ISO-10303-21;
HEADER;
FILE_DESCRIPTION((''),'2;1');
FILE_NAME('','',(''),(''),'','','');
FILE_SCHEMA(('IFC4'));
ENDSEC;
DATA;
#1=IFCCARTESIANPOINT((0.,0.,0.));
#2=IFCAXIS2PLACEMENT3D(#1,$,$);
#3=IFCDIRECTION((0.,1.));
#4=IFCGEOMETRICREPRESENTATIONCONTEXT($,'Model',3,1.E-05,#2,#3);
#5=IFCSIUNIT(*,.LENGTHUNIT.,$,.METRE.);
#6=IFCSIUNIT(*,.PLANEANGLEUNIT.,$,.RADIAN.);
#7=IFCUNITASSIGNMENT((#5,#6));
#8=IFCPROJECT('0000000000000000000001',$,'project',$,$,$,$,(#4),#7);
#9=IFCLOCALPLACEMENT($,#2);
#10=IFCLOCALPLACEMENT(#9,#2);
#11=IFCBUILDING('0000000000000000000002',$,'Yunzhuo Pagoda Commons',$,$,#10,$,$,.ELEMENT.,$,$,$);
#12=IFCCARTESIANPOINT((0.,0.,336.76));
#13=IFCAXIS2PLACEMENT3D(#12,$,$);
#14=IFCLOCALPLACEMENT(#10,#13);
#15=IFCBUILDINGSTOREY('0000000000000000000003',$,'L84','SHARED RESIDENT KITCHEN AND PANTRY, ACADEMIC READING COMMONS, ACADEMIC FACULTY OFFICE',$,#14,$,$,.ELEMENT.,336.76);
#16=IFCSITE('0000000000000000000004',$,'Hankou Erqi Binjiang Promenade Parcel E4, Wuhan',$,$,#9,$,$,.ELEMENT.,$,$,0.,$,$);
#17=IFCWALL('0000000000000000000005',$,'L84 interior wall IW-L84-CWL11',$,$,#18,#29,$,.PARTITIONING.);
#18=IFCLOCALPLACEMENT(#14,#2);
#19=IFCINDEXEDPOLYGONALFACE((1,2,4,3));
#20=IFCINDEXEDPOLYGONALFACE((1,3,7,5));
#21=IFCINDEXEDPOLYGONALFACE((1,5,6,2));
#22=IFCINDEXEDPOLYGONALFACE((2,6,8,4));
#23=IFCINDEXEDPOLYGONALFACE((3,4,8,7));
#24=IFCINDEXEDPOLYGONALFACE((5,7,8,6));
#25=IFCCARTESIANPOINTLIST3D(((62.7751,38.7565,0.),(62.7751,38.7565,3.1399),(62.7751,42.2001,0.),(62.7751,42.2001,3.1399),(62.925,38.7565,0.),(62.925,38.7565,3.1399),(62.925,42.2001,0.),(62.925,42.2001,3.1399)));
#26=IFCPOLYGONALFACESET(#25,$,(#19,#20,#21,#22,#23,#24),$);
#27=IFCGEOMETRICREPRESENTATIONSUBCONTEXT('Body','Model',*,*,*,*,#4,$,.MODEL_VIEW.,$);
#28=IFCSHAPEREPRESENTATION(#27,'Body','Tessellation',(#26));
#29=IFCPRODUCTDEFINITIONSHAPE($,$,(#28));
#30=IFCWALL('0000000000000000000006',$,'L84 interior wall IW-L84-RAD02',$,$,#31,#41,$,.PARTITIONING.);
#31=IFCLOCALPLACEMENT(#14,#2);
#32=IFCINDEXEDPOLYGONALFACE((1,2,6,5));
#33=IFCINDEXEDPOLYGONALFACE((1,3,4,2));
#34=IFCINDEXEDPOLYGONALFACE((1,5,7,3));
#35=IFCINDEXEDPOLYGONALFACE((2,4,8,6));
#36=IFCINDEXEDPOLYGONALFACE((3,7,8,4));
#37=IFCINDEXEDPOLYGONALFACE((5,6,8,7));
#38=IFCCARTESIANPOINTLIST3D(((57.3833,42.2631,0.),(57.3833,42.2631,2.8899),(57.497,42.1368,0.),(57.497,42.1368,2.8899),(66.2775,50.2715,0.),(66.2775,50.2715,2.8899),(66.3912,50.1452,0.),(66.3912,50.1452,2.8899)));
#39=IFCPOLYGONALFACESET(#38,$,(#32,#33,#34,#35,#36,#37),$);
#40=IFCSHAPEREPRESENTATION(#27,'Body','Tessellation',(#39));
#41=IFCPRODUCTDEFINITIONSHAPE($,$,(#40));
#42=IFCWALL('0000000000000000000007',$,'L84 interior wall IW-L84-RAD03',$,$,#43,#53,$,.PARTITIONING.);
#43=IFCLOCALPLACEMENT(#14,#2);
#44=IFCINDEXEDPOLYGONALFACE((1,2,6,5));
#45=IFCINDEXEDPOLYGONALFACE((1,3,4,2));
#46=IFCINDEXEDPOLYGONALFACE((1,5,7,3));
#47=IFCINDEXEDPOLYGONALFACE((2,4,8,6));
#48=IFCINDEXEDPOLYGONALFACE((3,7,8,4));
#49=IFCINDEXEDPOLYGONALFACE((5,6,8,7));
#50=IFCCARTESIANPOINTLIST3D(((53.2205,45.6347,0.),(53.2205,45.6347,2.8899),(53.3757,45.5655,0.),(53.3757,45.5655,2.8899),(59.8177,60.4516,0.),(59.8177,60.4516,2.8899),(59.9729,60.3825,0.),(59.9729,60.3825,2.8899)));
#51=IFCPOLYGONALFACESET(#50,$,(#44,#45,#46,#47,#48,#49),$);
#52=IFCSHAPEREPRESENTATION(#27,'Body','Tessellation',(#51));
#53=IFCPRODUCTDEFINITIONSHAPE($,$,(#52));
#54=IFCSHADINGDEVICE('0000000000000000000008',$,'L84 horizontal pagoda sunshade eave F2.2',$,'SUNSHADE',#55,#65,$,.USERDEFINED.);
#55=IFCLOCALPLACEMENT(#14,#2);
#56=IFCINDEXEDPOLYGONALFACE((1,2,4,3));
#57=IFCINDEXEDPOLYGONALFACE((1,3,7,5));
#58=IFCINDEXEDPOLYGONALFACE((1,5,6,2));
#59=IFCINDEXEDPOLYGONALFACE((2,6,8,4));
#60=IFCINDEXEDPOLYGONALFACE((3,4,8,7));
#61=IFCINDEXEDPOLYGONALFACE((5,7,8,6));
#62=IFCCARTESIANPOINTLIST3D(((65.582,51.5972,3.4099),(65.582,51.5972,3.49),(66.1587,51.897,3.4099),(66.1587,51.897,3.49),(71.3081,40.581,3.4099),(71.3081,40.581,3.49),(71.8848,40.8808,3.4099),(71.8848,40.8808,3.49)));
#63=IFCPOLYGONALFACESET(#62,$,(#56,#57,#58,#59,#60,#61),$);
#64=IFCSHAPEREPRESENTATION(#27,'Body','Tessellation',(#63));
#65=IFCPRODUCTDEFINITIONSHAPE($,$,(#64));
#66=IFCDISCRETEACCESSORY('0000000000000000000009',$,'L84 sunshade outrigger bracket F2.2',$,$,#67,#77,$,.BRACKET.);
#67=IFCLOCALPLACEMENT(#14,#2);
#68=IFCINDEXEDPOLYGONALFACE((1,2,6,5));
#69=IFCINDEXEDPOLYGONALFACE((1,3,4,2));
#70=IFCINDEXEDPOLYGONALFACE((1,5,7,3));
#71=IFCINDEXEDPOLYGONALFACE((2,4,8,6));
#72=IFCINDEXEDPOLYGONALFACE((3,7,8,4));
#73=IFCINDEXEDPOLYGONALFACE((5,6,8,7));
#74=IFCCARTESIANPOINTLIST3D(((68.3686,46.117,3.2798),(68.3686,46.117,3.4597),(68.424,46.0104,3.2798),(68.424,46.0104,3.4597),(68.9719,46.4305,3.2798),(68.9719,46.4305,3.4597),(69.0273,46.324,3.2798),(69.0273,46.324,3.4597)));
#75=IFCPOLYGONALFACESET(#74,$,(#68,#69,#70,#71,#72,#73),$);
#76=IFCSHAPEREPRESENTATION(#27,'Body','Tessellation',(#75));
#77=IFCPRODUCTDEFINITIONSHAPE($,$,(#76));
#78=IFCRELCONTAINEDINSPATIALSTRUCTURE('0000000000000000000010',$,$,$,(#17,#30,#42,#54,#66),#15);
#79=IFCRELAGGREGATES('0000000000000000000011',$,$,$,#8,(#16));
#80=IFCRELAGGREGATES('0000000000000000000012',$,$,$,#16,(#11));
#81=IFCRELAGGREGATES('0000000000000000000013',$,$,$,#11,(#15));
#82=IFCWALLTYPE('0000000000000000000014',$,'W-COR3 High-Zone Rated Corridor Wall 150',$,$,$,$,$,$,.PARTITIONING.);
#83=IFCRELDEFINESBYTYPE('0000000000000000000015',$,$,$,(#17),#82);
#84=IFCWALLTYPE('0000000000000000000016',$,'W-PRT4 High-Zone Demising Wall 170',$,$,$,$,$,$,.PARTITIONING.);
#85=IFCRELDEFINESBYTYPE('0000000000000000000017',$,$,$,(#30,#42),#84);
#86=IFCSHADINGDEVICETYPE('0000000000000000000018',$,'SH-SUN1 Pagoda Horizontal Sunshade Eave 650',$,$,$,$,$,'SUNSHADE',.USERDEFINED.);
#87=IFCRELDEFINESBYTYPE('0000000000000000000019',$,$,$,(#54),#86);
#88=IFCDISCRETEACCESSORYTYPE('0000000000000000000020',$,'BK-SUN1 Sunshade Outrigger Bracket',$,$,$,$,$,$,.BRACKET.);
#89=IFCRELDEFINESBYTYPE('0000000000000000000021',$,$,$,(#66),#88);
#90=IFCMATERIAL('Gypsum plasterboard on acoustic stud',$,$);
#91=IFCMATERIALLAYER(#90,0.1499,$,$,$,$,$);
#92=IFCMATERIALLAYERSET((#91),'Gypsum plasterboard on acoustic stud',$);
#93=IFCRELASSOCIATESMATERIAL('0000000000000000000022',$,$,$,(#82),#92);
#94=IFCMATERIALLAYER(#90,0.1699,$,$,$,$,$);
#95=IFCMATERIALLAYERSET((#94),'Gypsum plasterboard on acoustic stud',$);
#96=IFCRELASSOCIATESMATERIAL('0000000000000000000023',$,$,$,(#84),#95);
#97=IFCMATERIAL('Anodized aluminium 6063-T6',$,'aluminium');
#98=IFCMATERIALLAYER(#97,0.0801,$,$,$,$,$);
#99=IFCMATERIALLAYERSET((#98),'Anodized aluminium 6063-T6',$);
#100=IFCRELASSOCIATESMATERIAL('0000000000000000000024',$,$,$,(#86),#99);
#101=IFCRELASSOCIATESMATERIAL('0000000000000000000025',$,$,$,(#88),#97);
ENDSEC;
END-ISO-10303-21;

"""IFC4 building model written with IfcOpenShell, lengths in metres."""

from ifc_helpers import new_model, si_unit, direction, frame, frame_2d, origin, origin_2d, place, context, subcontext, project, spatial, rectangle, extrude, source, transform, mapped, material, layer, layer_set, type_object, element, save


model = new_model("IFC4")

# Units and contexts
model_context = context("Model", 3, precision=1e-05, world=origin(), true_north=direction((0.0, 1.0)))
body_context = subcontext(model_context, "Body", "Model", "MODEL_VIEW")
ifc_project = project(units=[si_unit("LENGTHUNIT", "METRE"), si_unit("PLANEANGLEUNIT", "RADIAN")], contexts=[model_context])

# Site, building, storey
site_placement = place(None, origin())
site = spatial("IfcSite", under=ifc_project, at=site_placement, Name="Hankou Erqi Binjiang Promenade Parcel E4, Wuhan", CompositionType="ELEMENT", RefElevation=0.0)
building_placement = place(site_placement, origin())
building = spatial("IfcBuilding", under=site, at=building_placement, Name="Yunzhuo Pagoda Commons", CompositionType="ELEMENT")
storey_placement = place(building_placement, frame((0.0, 0.0, 336.76)))
storey = spatial("IfcBuildingStorey", under=building, at=storey_placement, Name="L84", Description="SHARED RESIDENT KITCHEN AND PANTRY, ACADEMIC READING COMMONS, ACADEMIC FACULTY OFFICE", CompositionType="ELEMENT", Elevation=336.76)

# Shared definitions
ifc_material_1 = material(Name="Anodized aluminium 6063-T6", Category="aluminium")

# Shared definitions
ifc_material_2 = material(Name="Gypsum plasterboard on acoustic stud")
ifc_layer_1 = layer(ifc_material_2, 0.1499)
ifc_layer_set_1 = layer_set([ifc_layer_1], Name="Gypsum plasterboard on acoustic stud")
wall_type_1 = type_object("IfcWallType", Name="W-COR3 High-Zone Rated Corridor Wall 150", PredefinedType="PARTITIONING", material=ifc_layer_set_1)

# Walls
wall_1_placement = place(storey_placement, frame((62.8501, 42.2, 0.0), z_axis=(0.0, 0.0, 1.0), x_axis=(0.0, -1.0, 0.0)))
element("IfcWall", 1, at=wall_1_placement, inside=storey, type_object=wall_type_1, Name="L84 interior wall IW-L84-CWL11", PredefinedType="PARTITIONING", context=body_context, shape_type="SweptSolid", body=[
    extrude(rectangle(XDim=3.4436, YDim=0.1499, at=frame_2d((1.7217, 0.0))), origin(), (0.0, 0.0, 1.0), 3.1399),
])
ifc_layer_2 = layer(ifc_material_2, 0.1699)
ifc_layer_set_2 = layer_set([ifc_layer_2], Name="Gypsum plasterboard on acoustic stud")
wall_type_2 = type_object("IfcWallType", Name="W-PRT4 High-Zone Demising Wall 170", PredefinedType="PARTITIONING", material=ifc_layer_set_2)
wall_2_placement = place(storey_placement, frame((57.4402, 42.2, 0.0), z_axis=(0.0, 0.0, 1.0), x_axis=(0.743142, 0.669134, 0.0)))
element("IfcWall", 2, at=wall_2_placement, inside=storey, type_object=wall_type_2, Name="L84 interior wall IW-L84-RAD02", PredefinedType="PARTITIONING", context=body_context, shape_type="SweptSolid", body=[
    extrude(rectangle(XDim=11.9683, YDim=0.1699, at=frame_2d((5.9841, 0.0))), origin(), (0.0, 0.0, 1.0), 2.8899),
])
wall_3_placement = place(storey_placement, frame((53.2981, 45.6001, 0.0), z_axis=(0.0, 0.0, 1.0), x_axis=(0.40675, 0.913539, 0.0)))
element("IfcWall", 3, at=wall_3_placement, inside=storey, type_object=wall_type_2, Name="L84 interior wall IW-L84-RAD03", PredefinedType="PARTITIONING", context=body_context, shape_type="SweptSolid", body=[
    extrude(rectangle(XDim=16.2192, YDim=0.1699, at=frame_2d((8.1096, 0.0))), origin(), (0.0, 0.0, 1.0), 2.8899),
])

# Shading device
ifc_layer_3 = layer(ifc_material_1, 0.0801)
ifc_layer_set_3 = layer_set([ifc_layer_3], Name="Anodized aluminium 6063-T6")
shading_device_type = type_object("IfcShadingDeviceType", Name="SH-SUN1 Pagoda Horizontal Sunshade Eave 650", ElementType="SUNSHADE", PredefinedType="USERDEFINED", material=ifc_layer_set_3)
shared_shape_1 = source(origin(), body_context, "Body", "SweptSolid", [
    extrude(rectangle(XDim=12.4155, YDim=0.6499, at=origin_2d()), origin(), (0.0, 0.0, 1.0), 0.0801),
])
shading_device_placement = place(storey_placement, frame((68.7334, 46.239, 3.4099), z_axis=(0.0, 0.0, 1.0), x_axis=(-0.461207, 0.887293, 0.0)))
element("IfcShadingDevice", 4, at=shading_device_placement, inside=storey, type_object=shading_device_type, Name="L84 horizontal pagoda sunshade eave F2.2", ObjectType="SUNSHADE", PredefinedType="USERDEFINED", context=body_context, shape_type="MappedRepresentation", body=[
    mapped(shared_shape_1, transform((0.0, 0.0, 0.0), scale=1.0)),
])

# Discrete accessory
discrete_accessory_type = type_object("IfcDiscreteAccessoryType", Name="BK-SUN1 Sunshade Outrigger Bracket", PredefinedType="BRACKET", material=ifc_material_1)
shared_shape_2 = source(origin(), body_context, "Body", "SweptSolid", [
    extrude(rectangle(XDim=0.1201, YDim=0.6799, at=origin_2d()), origin(), (0.0, 0.0, 1.0), 0.1799),
])
discrete_accessory_placement = place(storey_placement, frame((68.698, 46.2205, 3.2798), z_axis=(0.0, 0.0, 1.0), x_axis=(-0.461207, 0.887293, 0.0)))
element("IfcDiscreteAccessory", 5, at=discrete_accessory_placement, inside=storey, type_object=discrete_accessory_type, Name="L84 sunshade outrigger bracket F2.2", PredefinedType="BRACKET", context=body_context, shape_type="MappedRepresentation", body=[
    mapped(shared_shape_2, transform((0.0, 0.0, 0.0), scale=1.0)),
])

save(model, "model.ifc")
